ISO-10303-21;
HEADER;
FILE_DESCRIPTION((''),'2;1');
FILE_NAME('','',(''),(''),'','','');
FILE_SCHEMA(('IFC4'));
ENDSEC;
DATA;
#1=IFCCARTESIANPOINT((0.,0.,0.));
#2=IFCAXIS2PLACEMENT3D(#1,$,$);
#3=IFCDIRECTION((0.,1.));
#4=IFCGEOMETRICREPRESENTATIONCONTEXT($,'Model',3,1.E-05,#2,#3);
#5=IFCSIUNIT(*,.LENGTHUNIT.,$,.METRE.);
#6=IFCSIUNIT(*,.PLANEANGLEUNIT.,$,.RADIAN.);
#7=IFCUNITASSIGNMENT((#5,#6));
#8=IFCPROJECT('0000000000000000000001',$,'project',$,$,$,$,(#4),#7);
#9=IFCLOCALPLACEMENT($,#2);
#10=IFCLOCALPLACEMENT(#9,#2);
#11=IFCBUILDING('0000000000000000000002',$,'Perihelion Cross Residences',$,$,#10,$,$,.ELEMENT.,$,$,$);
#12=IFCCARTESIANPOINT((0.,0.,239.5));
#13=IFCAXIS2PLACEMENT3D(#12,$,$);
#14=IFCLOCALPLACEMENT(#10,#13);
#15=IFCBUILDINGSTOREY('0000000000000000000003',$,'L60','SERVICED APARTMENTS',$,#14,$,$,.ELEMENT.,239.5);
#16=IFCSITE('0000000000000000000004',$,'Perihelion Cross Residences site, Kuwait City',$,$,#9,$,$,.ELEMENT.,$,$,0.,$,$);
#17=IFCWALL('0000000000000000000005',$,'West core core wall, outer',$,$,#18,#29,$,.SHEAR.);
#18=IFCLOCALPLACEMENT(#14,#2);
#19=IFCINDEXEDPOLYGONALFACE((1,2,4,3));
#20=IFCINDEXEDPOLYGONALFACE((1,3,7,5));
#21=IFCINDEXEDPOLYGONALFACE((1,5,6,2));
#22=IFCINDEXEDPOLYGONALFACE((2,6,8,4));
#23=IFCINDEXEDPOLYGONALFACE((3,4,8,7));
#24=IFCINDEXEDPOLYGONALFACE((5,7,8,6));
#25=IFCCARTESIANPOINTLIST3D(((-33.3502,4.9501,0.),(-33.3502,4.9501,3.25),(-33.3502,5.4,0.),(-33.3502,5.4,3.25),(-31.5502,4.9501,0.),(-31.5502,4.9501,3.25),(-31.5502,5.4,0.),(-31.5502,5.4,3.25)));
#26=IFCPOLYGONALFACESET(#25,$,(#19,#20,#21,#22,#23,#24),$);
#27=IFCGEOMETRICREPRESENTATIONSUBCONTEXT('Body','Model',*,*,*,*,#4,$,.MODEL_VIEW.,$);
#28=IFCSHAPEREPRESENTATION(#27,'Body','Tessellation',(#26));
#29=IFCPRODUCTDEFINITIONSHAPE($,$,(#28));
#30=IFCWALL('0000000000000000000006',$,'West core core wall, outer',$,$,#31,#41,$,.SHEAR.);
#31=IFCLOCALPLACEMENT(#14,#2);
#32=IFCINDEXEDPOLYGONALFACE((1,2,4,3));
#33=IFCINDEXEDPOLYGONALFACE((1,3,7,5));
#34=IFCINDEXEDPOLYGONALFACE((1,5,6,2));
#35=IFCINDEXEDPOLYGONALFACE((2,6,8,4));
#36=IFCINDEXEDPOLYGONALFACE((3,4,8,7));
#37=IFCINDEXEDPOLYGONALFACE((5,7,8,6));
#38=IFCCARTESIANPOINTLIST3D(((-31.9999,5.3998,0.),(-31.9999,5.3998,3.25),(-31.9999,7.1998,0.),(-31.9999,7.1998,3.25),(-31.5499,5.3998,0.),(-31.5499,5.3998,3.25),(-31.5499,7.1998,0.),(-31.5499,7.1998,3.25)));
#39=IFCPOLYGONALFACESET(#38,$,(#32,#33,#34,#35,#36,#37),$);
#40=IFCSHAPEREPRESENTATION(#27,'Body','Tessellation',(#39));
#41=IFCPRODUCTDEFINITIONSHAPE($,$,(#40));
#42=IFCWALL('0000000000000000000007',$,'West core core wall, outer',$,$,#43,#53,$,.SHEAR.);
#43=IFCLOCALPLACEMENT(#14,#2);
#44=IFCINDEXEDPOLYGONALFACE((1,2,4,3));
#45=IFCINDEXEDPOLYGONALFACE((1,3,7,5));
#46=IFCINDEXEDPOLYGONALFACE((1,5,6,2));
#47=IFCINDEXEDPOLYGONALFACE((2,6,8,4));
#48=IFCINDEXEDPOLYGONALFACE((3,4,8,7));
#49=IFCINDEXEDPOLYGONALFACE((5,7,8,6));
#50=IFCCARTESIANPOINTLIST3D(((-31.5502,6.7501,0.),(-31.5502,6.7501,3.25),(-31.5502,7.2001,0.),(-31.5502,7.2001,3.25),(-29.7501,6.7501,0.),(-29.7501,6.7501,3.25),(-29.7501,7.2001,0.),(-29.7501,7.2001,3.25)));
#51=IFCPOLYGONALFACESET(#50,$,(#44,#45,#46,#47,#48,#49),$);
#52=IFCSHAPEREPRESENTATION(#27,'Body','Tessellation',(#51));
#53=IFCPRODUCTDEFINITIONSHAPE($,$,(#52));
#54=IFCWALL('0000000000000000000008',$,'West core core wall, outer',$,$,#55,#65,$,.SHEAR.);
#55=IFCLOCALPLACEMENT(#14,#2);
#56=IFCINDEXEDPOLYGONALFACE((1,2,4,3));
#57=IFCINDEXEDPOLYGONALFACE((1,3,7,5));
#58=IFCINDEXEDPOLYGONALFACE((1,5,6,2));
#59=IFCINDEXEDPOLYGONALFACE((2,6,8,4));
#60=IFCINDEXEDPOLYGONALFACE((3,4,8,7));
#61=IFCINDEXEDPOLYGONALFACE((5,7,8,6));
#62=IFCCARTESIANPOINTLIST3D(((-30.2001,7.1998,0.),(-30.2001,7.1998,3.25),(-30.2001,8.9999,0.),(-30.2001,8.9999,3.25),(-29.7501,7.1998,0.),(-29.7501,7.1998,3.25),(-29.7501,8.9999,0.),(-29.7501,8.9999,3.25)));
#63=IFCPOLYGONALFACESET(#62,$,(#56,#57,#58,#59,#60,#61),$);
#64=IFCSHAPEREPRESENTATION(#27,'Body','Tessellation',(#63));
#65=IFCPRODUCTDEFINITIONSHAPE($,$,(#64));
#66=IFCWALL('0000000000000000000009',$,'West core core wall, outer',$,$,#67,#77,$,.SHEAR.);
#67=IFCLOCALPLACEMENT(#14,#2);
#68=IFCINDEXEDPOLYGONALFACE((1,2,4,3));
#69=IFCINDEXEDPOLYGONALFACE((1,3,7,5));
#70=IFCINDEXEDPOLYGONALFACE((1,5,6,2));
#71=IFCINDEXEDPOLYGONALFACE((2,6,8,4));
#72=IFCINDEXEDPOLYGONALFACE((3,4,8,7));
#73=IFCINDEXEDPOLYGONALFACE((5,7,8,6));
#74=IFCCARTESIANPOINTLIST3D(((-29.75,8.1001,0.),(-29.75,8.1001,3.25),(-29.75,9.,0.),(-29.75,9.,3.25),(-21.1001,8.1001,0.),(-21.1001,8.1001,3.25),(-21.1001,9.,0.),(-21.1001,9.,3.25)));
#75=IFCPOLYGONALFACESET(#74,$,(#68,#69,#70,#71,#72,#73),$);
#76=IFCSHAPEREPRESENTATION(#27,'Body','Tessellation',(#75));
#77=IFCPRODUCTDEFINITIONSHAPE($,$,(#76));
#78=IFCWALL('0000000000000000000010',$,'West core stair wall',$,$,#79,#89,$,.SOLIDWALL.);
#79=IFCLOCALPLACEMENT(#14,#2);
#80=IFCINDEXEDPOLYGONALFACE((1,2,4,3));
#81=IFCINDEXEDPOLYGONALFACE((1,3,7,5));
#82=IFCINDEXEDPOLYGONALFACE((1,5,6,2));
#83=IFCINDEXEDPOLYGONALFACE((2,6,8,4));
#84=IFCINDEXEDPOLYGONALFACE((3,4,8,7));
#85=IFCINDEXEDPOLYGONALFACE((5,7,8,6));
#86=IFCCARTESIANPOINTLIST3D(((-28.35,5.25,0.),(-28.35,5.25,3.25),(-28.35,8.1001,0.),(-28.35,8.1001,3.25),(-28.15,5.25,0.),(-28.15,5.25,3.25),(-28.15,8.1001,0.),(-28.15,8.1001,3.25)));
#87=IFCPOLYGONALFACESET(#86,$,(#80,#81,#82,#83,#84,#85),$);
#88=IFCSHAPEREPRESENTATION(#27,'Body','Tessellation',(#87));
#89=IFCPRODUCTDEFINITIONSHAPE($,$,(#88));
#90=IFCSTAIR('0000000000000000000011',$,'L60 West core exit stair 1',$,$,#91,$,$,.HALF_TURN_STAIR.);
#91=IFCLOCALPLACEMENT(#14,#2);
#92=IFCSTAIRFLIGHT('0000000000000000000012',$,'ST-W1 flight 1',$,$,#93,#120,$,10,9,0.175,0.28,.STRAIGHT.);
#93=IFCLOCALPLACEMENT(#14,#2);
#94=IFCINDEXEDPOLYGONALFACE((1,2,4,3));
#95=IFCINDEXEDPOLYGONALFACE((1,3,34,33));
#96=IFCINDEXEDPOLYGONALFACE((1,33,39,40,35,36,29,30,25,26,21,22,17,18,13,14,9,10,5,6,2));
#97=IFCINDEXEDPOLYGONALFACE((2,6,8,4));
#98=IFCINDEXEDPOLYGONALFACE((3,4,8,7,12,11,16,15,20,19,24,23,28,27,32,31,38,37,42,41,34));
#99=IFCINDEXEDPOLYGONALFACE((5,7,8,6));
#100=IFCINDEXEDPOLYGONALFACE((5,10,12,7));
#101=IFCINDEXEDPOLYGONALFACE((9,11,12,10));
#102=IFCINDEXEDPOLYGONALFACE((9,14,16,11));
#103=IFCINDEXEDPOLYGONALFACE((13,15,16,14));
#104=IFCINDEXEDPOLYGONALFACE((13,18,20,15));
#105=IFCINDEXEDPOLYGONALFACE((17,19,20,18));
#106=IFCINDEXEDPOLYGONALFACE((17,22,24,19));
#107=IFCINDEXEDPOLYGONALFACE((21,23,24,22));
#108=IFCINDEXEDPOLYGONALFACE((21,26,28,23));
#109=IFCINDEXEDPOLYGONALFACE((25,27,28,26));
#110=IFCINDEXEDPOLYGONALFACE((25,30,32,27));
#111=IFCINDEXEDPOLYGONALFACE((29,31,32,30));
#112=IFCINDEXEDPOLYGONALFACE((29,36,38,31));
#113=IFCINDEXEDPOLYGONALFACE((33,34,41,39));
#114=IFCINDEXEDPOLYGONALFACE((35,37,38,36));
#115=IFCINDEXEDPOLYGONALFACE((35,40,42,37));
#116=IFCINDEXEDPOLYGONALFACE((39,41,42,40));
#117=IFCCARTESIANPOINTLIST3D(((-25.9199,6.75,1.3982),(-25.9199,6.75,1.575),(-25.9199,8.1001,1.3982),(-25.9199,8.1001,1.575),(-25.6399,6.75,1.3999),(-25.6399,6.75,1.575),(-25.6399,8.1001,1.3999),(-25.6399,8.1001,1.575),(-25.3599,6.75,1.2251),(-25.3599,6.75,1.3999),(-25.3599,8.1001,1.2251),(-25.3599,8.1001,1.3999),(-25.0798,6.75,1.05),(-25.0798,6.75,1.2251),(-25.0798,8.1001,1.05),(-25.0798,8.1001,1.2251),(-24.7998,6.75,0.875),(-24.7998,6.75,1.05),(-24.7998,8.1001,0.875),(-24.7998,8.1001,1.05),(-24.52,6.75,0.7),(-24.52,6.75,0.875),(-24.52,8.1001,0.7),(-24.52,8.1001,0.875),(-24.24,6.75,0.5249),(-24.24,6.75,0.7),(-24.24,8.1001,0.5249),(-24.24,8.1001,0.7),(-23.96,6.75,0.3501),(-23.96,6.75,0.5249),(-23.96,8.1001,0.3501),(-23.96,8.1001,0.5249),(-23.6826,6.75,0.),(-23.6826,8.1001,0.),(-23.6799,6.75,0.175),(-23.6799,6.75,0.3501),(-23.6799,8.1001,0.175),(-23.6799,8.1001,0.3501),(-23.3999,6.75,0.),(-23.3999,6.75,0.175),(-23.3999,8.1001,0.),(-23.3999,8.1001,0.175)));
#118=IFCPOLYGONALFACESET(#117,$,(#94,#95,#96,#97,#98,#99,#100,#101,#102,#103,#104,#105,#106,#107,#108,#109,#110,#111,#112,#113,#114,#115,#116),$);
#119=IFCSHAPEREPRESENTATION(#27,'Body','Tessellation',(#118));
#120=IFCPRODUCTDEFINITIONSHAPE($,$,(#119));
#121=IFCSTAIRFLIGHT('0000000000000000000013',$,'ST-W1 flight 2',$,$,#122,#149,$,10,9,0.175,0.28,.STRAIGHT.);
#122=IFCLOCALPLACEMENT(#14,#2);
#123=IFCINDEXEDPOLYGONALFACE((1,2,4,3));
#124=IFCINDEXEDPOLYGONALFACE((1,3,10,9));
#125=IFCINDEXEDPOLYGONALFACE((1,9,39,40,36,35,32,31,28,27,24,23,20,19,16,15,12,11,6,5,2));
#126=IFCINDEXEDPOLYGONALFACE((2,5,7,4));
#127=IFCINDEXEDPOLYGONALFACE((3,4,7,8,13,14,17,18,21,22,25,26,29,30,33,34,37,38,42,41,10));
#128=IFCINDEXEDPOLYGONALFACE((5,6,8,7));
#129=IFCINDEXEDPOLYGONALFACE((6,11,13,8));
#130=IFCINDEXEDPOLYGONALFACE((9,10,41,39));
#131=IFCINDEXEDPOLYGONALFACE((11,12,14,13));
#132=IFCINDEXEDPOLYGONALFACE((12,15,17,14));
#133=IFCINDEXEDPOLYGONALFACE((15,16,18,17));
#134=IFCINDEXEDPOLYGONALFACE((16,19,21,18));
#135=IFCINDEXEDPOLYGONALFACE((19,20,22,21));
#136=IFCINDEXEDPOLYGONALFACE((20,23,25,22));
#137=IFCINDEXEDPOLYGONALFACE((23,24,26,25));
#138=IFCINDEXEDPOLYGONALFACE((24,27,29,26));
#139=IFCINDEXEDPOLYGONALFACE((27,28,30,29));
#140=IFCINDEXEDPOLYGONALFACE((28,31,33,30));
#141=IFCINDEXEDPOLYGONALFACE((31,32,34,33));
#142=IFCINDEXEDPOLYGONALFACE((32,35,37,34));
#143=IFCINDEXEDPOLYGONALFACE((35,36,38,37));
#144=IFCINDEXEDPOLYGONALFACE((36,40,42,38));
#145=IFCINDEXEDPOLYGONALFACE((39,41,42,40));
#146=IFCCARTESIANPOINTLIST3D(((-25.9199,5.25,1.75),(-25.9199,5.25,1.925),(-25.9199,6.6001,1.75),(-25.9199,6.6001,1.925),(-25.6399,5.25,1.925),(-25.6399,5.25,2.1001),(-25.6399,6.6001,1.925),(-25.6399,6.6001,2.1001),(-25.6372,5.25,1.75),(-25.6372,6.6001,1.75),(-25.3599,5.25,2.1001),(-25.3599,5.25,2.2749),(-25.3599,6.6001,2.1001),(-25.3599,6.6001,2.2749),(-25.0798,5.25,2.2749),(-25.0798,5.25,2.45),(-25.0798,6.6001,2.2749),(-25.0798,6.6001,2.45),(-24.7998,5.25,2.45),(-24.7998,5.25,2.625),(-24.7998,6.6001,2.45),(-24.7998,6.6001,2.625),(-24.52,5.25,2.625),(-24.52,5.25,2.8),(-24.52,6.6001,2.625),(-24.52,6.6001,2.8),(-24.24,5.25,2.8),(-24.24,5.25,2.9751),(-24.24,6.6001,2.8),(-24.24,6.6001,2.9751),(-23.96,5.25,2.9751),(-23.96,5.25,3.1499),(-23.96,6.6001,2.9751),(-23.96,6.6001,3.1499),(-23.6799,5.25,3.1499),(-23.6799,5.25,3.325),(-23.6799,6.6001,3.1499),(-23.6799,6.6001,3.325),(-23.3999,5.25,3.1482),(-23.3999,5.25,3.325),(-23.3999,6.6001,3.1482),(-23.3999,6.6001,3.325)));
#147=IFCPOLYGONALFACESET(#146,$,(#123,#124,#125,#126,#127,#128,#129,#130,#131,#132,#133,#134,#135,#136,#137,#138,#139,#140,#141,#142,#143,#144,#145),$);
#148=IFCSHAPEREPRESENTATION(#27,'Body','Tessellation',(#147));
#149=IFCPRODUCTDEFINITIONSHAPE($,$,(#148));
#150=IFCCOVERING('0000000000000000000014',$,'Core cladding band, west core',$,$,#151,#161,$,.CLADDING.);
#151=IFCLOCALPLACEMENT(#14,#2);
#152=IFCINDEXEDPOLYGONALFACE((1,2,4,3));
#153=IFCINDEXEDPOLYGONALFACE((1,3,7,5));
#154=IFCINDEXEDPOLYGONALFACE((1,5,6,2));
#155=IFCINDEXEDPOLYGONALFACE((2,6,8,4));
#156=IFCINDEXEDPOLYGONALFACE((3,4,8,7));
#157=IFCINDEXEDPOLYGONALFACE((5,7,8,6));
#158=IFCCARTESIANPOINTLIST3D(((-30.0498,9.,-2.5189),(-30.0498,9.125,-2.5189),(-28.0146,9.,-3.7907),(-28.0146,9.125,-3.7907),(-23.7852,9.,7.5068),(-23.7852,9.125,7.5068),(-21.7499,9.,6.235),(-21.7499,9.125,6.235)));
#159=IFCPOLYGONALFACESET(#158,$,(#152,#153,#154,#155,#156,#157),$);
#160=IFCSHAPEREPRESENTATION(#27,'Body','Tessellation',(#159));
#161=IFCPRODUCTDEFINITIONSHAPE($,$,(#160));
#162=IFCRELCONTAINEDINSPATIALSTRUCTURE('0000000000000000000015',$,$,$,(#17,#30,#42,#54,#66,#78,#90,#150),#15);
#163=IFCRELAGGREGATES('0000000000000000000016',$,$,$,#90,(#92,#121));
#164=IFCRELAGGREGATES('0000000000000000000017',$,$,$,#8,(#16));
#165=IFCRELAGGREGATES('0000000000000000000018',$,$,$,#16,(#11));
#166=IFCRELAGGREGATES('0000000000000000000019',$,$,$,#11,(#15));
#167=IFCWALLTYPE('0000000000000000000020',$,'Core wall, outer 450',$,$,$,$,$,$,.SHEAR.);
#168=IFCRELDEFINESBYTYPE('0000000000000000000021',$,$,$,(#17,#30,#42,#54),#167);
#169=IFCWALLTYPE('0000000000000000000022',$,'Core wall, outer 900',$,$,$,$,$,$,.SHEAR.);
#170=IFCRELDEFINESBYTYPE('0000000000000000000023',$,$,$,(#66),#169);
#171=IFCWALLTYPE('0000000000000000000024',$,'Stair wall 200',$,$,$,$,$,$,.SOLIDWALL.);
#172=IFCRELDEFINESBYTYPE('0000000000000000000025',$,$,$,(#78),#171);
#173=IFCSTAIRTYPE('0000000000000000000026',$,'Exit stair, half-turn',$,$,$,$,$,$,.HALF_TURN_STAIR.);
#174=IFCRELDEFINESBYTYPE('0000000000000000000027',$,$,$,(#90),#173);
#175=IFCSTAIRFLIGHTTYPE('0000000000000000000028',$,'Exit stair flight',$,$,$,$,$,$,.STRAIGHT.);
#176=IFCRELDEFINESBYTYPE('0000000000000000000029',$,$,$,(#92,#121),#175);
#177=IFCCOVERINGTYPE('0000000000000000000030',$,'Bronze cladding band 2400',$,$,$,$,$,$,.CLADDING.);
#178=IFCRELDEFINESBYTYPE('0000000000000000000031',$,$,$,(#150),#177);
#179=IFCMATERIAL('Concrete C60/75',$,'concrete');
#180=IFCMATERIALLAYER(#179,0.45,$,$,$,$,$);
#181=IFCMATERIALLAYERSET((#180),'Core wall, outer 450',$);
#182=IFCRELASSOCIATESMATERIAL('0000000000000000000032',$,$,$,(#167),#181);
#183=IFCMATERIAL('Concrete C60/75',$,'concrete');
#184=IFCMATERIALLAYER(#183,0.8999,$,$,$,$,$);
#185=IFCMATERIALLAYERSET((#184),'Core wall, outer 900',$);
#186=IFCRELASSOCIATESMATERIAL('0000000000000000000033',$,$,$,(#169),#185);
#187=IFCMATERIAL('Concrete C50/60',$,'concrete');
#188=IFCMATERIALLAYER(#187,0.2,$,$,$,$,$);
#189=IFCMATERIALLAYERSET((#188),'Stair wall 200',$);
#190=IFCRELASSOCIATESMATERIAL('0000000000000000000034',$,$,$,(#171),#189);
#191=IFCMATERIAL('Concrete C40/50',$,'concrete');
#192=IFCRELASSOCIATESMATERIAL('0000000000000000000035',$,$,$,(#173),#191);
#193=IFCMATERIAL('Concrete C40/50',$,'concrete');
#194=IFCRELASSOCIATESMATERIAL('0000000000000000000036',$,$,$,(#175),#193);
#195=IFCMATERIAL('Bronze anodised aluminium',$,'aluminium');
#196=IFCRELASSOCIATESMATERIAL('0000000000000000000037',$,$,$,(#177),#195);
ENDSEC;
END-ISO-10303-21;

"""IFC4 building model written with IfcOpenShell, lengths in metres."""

from ifc_helpers import new_model, si_unit, direction, frame, frame_2d, origin, origin_2d, place, context, subcontext, project, spatial, polyline, rectangle, outline, extrude, material, layer, layer_set, material_profile, profile_set, type_object, element, aggregate, save


model = new_model("IFC4")

# Units and contexts
model_context = context("Model", 3, precision=1e-05, world=origin(), true_north=direction((0.0, 1.0)))
body_context = subcontext(model_context, "Body", "Model", "MODEL_VIEW")
ifc_project = project(units=[si_unit("LENGTHUNIT", "METRE"), si_unit("PLANEANGLEUNIT", "RADIAN")], contexts=[model_context])

# Site, building, storey
site_placement = place(None, origin())
site = spatial("IfcSite", under=ifc_project, at=site_placement, Name="Perihelion Cross Residences site, Kuwait City", CompositionType="ELEMENT", RefElevation=0.0)
building_placement = place(site_placement, origin())
building = spatial("IfcBuilding", under=site, at=building_placement, Name="Perihelion Cross Residences", CompositionType="ELEMENT")
storey_placement = place(building_placement, frame((0.0, 0.0, 239.5)))
storey = spatial("IfcBuildingStorey", under=building, at=storey_placement, Name="L60", Description="SERVICED APARTMENTS", CompositionType="ELEMENT", Elevation=239.5)

# Walls
ifc_material_1 = material(Name="Concrete C60/75", Category="concrete")
ifc_layer_1 = layer(ifc_material_1, 0.45)
ifc_layer_set_1 = layer_set([ifc_layer_1], Name="Core wall, outer 450")
wall_type_1 = type_object("IfcWallType", Name="Core wall, outer 450", PredefinedType="SHEAR", material=ifc_layer_set_1)
for number, where, z_axis, x_axis, name in (
    (1, (-33.3501, 5.175, 0.0), (0.0, 0.0, 1.0), (1.0, 0.0, 0.0), "West core core wall, outer"),
    (2, (-31.7749, 5.3999, 0.0), (0.0, 0.0, 1.0), (0.0, 1.0, 0.0), "West core core wall, outer"),
    (3, (-31.55, 6.9751, 0.0), (0.0, 0.0, 1.0), (1.0, 0.0, 0.0), "West core core wall, outer"),
    (4, (-29.9751, 7.2, 0.0), (0.0, 0.0, 1.0), (0.0, 1.0, 0.0), "West core core wall, outer"),
):
    element("IfcWall", number, at=place(storey_placement, frame(where, z_axis=z_axis, x_axis=x_axis)), inside=storey, type_object=wall_type_1, Name=name, PredefinedType="SHEAR", context=body_context, shape_type="SweptSolid", body=[
        extrude(rectangle(XDim=1.8, YDim=0.45, at=frame_2d((0.8999, 0.0))), origin(), (0.0, 0.0, 1.0), 3.25),
    ])
ifc_material_2 = material(Name="Concrete C60/75", Category="concrete")
ifc_layer_2 = layer(ifc_material_2, 0.8999)
ifc_layer_set_2 = layer_set([ifc_layer_2], Name="Core wall, outer 900")
wall_type_2 = type_object("IfcWallType", Name="Core wall, outer 900", PredefinedType="SHEAR", material=ifc_layer_set_2)
wall_1_placement = place(storey_placement, frame((-29.75, 8.55, 0.0), z_axis=(0.0, 0.0, 1.0), x_axis=(1.0, 0.0, 0.0)))
element("IfcWall", 5, at=wall_1_placement, inside=storey, type_object=wall_type_2, Name="West core core wall, outer", PredefinedType="SHEAR", context=body_context, shape_type="SweptSolid", body=[
    extrude(rectangle(XDim=8.6499, YDim=0.8999, at=frame_2d((4.325, 0.0))), origin(), (0.0, 0.0, 1.0), 3.25),
])
ifc_material_3 = material(Name="Concrete C50/60", Category="concrete")
ifc_layer_3 = layer(ifc_material_3, 0.2)
ifc_layer_set_3 = layer_set([ifc_layer_3], Name="Stair wall 200")
wall_type_3 = type_object("IfcWallType", Name="Stair wall 200", PredefinedType="SOLIDWALL", material=ifc_layer_set_3)
wall_2_placement = place(storey_placement, frame((-28.25, 5.25, 0.0), z_axis=(0.0, 0.0, 1.0), x_axis=(0.0, 1.0, 0.0)))
element("IfcWall", 6, at=wall_2_placement, inside=storey, type_object=wall_type_3, Name="West core stair wall", PredefinedType="SOLIDWALL", context=body_context, shape_type="SweptSolid", body=[
    extrude(rectangle(XDim=2.8501, YDim=0.2, at=frame_2d((1.425, 0.0))), origin(), (0.0, 0.0, 1.0), 3.25),
])

# Stair, stair flights
ifc_material_4 = material(Name="Concrete C40/50", Category="concrete")
stair_type = type_object("IfcStairType", Name="Exit stair, half-turn", PredefinedType="HALF_TURN_STAIR", material=ifc_material_4)
stair_placement = place(storey_placement, origin())
stair = element("IfcStair", 7, at=stair_placement, inside=storey, type_object=stair_type, Name="L60 West core exit stair 1", PredefinedType="HALF_TURN_STAIR")
ifc_material_5 = material(Name="Concrete C40/50", Category="concrete")
stair_flight_type = type_object("IfcStairFlightType", Name="Exit stair flight", PredefinedType="STRAIGHT", material=ifc_material_5)
stair_flight_1_placement = place(storey_placement, frame((-23.3999, 7.425, 0.0), z_axis=(0.0, 0.0, 1.0), x_axis=(-1.0, 0.0, 0.0)))
stair_flight_1 = element("IfcStairFlight", 8, at=stair_flight_1_placement, type_object=stair_flight_type, Name="ST-W1 flight 1", NumberOfRisers=10, NumberOfTreads=9, PredefinedType="STRAIGHT", RiserHeight=0.175, TreadLength=0.28, context=body_context, shape_type="SweptSolid", body=[
    extrude(outline(polyline([(0.0, 0.0), (0.0, 0.175), (0.28, 0.175), (0.28, 0.3501), (0.5601, 0.3501), (0.5601, 0.5249), (0.8401, 0.5249), (0.8401, 0.7), (1.1201, 0.7), (1.1201, 0.875), (1.3999, 0.875), (1.3999, 1.05), (1.6799, 1.05), (1.6799, 1.2251), (1.96, 1.2251), (1.96, 1.3999), (2.24, 1.3999), (2.24, 1.575), (2.52, 1.575), (2.52, 1.75), (2.52, 1.3982), (0.2827, 0.0), (0.0, 0.0)])), frame((0.0, 0.675, 0.0), z_axis=(0.0, -1.0, 0.0), x_axis=(1.0, 0.0, 0.0)), (0.0, 0.0, 1.0), 1.3501),
])
stair_flight_2_placement = place(storey_placement, frame((-25.9199, 5.925, 1.75), z_axis=(0.0, 0.0, 1.0), x_axis=(1.0, 0.0, 0.0)))
stair_flight_2 = element("IfcStairFlight", 9, at=stair_flight_2_placement, type_object=stair_flight_type, Name="ST-W1 flight 2", NumberOfRisers=10, NumberOfTreads=9, PredefinedType="STRAIGHT", RiserHeight=0.175, TreadLength=0.28, context=body_context, shape_type="SweptSolid", body=[
    extrude(outline(polyline([(0.0, 0.0), (0.0, 0.175), (0.28, 0.175), (0.28, 0.3501), (0.5601, 0.3501), (0.5601, 0.5249), (0.8401, 0.5249), (0.8401, 0.7), (1.1201, 0.7), (1.1201, 0.875), (1.3999, 0.875), (1.3999, 1.05), (1.6799, 1.05), (1.6799, 1.2251), (1.96, 1.2251), (1.96, 1.3999), (2.24, 1.3999), (2.24, 1.575), (2.52, 1.575), (2.52, 1.75), (2.52, 1.3982), (0.2827, 0.0), (0.0, 0.0)])), frame((0.0, 0.675, 0.0), z_axis=(0.0, -1.0, 0.0), x_axis=(1.0, 0.0, 0.0)), (0.0, 0.0, 1.0), 1.3501),
])
aggregate(stair, [stair_flight_1, stair_flight_2])

# Covering
ifc_material_6 = material(Name="Bronze anodised aluminium", Category="aluminium")
ifc_material_profile = material_profile(ifc_material_6, rectangle(XDim=0.125, YDim=2.3999, at=origin_2d()), Name="Bronze cladding band 2400")
ifc_profile_set = profile_set([ifc_material_profile], Name="Bronze anodised aluminium")
covering_type = type_object("IfcCoveringType", Name="Bronze cladding band 2400", PredefinedType="CLADDING", material=ifc_profile_set)
covering_placement = place(storey_placement, frame((-29.0322, 9.0625, -3.1548), z_axis=(0.529915, 0.0, 0.848051), x_axis=(0.0, 1.0, 0.0)))
element("IfcCovering", 10, at=covering_placement, inside=storey, type_object=covering_type, Name="Core cladding band, west core", PredefinedType="CLADDING", context=body_context, shape_type="SweptSolid", body=[
    extrude(rectangle(XDim=0.125, YDim=2.3999, at=origin_2d()), origin(), (0.0, 0.0, 1.0), 11.822),
])

save(model, "model.ifc")
